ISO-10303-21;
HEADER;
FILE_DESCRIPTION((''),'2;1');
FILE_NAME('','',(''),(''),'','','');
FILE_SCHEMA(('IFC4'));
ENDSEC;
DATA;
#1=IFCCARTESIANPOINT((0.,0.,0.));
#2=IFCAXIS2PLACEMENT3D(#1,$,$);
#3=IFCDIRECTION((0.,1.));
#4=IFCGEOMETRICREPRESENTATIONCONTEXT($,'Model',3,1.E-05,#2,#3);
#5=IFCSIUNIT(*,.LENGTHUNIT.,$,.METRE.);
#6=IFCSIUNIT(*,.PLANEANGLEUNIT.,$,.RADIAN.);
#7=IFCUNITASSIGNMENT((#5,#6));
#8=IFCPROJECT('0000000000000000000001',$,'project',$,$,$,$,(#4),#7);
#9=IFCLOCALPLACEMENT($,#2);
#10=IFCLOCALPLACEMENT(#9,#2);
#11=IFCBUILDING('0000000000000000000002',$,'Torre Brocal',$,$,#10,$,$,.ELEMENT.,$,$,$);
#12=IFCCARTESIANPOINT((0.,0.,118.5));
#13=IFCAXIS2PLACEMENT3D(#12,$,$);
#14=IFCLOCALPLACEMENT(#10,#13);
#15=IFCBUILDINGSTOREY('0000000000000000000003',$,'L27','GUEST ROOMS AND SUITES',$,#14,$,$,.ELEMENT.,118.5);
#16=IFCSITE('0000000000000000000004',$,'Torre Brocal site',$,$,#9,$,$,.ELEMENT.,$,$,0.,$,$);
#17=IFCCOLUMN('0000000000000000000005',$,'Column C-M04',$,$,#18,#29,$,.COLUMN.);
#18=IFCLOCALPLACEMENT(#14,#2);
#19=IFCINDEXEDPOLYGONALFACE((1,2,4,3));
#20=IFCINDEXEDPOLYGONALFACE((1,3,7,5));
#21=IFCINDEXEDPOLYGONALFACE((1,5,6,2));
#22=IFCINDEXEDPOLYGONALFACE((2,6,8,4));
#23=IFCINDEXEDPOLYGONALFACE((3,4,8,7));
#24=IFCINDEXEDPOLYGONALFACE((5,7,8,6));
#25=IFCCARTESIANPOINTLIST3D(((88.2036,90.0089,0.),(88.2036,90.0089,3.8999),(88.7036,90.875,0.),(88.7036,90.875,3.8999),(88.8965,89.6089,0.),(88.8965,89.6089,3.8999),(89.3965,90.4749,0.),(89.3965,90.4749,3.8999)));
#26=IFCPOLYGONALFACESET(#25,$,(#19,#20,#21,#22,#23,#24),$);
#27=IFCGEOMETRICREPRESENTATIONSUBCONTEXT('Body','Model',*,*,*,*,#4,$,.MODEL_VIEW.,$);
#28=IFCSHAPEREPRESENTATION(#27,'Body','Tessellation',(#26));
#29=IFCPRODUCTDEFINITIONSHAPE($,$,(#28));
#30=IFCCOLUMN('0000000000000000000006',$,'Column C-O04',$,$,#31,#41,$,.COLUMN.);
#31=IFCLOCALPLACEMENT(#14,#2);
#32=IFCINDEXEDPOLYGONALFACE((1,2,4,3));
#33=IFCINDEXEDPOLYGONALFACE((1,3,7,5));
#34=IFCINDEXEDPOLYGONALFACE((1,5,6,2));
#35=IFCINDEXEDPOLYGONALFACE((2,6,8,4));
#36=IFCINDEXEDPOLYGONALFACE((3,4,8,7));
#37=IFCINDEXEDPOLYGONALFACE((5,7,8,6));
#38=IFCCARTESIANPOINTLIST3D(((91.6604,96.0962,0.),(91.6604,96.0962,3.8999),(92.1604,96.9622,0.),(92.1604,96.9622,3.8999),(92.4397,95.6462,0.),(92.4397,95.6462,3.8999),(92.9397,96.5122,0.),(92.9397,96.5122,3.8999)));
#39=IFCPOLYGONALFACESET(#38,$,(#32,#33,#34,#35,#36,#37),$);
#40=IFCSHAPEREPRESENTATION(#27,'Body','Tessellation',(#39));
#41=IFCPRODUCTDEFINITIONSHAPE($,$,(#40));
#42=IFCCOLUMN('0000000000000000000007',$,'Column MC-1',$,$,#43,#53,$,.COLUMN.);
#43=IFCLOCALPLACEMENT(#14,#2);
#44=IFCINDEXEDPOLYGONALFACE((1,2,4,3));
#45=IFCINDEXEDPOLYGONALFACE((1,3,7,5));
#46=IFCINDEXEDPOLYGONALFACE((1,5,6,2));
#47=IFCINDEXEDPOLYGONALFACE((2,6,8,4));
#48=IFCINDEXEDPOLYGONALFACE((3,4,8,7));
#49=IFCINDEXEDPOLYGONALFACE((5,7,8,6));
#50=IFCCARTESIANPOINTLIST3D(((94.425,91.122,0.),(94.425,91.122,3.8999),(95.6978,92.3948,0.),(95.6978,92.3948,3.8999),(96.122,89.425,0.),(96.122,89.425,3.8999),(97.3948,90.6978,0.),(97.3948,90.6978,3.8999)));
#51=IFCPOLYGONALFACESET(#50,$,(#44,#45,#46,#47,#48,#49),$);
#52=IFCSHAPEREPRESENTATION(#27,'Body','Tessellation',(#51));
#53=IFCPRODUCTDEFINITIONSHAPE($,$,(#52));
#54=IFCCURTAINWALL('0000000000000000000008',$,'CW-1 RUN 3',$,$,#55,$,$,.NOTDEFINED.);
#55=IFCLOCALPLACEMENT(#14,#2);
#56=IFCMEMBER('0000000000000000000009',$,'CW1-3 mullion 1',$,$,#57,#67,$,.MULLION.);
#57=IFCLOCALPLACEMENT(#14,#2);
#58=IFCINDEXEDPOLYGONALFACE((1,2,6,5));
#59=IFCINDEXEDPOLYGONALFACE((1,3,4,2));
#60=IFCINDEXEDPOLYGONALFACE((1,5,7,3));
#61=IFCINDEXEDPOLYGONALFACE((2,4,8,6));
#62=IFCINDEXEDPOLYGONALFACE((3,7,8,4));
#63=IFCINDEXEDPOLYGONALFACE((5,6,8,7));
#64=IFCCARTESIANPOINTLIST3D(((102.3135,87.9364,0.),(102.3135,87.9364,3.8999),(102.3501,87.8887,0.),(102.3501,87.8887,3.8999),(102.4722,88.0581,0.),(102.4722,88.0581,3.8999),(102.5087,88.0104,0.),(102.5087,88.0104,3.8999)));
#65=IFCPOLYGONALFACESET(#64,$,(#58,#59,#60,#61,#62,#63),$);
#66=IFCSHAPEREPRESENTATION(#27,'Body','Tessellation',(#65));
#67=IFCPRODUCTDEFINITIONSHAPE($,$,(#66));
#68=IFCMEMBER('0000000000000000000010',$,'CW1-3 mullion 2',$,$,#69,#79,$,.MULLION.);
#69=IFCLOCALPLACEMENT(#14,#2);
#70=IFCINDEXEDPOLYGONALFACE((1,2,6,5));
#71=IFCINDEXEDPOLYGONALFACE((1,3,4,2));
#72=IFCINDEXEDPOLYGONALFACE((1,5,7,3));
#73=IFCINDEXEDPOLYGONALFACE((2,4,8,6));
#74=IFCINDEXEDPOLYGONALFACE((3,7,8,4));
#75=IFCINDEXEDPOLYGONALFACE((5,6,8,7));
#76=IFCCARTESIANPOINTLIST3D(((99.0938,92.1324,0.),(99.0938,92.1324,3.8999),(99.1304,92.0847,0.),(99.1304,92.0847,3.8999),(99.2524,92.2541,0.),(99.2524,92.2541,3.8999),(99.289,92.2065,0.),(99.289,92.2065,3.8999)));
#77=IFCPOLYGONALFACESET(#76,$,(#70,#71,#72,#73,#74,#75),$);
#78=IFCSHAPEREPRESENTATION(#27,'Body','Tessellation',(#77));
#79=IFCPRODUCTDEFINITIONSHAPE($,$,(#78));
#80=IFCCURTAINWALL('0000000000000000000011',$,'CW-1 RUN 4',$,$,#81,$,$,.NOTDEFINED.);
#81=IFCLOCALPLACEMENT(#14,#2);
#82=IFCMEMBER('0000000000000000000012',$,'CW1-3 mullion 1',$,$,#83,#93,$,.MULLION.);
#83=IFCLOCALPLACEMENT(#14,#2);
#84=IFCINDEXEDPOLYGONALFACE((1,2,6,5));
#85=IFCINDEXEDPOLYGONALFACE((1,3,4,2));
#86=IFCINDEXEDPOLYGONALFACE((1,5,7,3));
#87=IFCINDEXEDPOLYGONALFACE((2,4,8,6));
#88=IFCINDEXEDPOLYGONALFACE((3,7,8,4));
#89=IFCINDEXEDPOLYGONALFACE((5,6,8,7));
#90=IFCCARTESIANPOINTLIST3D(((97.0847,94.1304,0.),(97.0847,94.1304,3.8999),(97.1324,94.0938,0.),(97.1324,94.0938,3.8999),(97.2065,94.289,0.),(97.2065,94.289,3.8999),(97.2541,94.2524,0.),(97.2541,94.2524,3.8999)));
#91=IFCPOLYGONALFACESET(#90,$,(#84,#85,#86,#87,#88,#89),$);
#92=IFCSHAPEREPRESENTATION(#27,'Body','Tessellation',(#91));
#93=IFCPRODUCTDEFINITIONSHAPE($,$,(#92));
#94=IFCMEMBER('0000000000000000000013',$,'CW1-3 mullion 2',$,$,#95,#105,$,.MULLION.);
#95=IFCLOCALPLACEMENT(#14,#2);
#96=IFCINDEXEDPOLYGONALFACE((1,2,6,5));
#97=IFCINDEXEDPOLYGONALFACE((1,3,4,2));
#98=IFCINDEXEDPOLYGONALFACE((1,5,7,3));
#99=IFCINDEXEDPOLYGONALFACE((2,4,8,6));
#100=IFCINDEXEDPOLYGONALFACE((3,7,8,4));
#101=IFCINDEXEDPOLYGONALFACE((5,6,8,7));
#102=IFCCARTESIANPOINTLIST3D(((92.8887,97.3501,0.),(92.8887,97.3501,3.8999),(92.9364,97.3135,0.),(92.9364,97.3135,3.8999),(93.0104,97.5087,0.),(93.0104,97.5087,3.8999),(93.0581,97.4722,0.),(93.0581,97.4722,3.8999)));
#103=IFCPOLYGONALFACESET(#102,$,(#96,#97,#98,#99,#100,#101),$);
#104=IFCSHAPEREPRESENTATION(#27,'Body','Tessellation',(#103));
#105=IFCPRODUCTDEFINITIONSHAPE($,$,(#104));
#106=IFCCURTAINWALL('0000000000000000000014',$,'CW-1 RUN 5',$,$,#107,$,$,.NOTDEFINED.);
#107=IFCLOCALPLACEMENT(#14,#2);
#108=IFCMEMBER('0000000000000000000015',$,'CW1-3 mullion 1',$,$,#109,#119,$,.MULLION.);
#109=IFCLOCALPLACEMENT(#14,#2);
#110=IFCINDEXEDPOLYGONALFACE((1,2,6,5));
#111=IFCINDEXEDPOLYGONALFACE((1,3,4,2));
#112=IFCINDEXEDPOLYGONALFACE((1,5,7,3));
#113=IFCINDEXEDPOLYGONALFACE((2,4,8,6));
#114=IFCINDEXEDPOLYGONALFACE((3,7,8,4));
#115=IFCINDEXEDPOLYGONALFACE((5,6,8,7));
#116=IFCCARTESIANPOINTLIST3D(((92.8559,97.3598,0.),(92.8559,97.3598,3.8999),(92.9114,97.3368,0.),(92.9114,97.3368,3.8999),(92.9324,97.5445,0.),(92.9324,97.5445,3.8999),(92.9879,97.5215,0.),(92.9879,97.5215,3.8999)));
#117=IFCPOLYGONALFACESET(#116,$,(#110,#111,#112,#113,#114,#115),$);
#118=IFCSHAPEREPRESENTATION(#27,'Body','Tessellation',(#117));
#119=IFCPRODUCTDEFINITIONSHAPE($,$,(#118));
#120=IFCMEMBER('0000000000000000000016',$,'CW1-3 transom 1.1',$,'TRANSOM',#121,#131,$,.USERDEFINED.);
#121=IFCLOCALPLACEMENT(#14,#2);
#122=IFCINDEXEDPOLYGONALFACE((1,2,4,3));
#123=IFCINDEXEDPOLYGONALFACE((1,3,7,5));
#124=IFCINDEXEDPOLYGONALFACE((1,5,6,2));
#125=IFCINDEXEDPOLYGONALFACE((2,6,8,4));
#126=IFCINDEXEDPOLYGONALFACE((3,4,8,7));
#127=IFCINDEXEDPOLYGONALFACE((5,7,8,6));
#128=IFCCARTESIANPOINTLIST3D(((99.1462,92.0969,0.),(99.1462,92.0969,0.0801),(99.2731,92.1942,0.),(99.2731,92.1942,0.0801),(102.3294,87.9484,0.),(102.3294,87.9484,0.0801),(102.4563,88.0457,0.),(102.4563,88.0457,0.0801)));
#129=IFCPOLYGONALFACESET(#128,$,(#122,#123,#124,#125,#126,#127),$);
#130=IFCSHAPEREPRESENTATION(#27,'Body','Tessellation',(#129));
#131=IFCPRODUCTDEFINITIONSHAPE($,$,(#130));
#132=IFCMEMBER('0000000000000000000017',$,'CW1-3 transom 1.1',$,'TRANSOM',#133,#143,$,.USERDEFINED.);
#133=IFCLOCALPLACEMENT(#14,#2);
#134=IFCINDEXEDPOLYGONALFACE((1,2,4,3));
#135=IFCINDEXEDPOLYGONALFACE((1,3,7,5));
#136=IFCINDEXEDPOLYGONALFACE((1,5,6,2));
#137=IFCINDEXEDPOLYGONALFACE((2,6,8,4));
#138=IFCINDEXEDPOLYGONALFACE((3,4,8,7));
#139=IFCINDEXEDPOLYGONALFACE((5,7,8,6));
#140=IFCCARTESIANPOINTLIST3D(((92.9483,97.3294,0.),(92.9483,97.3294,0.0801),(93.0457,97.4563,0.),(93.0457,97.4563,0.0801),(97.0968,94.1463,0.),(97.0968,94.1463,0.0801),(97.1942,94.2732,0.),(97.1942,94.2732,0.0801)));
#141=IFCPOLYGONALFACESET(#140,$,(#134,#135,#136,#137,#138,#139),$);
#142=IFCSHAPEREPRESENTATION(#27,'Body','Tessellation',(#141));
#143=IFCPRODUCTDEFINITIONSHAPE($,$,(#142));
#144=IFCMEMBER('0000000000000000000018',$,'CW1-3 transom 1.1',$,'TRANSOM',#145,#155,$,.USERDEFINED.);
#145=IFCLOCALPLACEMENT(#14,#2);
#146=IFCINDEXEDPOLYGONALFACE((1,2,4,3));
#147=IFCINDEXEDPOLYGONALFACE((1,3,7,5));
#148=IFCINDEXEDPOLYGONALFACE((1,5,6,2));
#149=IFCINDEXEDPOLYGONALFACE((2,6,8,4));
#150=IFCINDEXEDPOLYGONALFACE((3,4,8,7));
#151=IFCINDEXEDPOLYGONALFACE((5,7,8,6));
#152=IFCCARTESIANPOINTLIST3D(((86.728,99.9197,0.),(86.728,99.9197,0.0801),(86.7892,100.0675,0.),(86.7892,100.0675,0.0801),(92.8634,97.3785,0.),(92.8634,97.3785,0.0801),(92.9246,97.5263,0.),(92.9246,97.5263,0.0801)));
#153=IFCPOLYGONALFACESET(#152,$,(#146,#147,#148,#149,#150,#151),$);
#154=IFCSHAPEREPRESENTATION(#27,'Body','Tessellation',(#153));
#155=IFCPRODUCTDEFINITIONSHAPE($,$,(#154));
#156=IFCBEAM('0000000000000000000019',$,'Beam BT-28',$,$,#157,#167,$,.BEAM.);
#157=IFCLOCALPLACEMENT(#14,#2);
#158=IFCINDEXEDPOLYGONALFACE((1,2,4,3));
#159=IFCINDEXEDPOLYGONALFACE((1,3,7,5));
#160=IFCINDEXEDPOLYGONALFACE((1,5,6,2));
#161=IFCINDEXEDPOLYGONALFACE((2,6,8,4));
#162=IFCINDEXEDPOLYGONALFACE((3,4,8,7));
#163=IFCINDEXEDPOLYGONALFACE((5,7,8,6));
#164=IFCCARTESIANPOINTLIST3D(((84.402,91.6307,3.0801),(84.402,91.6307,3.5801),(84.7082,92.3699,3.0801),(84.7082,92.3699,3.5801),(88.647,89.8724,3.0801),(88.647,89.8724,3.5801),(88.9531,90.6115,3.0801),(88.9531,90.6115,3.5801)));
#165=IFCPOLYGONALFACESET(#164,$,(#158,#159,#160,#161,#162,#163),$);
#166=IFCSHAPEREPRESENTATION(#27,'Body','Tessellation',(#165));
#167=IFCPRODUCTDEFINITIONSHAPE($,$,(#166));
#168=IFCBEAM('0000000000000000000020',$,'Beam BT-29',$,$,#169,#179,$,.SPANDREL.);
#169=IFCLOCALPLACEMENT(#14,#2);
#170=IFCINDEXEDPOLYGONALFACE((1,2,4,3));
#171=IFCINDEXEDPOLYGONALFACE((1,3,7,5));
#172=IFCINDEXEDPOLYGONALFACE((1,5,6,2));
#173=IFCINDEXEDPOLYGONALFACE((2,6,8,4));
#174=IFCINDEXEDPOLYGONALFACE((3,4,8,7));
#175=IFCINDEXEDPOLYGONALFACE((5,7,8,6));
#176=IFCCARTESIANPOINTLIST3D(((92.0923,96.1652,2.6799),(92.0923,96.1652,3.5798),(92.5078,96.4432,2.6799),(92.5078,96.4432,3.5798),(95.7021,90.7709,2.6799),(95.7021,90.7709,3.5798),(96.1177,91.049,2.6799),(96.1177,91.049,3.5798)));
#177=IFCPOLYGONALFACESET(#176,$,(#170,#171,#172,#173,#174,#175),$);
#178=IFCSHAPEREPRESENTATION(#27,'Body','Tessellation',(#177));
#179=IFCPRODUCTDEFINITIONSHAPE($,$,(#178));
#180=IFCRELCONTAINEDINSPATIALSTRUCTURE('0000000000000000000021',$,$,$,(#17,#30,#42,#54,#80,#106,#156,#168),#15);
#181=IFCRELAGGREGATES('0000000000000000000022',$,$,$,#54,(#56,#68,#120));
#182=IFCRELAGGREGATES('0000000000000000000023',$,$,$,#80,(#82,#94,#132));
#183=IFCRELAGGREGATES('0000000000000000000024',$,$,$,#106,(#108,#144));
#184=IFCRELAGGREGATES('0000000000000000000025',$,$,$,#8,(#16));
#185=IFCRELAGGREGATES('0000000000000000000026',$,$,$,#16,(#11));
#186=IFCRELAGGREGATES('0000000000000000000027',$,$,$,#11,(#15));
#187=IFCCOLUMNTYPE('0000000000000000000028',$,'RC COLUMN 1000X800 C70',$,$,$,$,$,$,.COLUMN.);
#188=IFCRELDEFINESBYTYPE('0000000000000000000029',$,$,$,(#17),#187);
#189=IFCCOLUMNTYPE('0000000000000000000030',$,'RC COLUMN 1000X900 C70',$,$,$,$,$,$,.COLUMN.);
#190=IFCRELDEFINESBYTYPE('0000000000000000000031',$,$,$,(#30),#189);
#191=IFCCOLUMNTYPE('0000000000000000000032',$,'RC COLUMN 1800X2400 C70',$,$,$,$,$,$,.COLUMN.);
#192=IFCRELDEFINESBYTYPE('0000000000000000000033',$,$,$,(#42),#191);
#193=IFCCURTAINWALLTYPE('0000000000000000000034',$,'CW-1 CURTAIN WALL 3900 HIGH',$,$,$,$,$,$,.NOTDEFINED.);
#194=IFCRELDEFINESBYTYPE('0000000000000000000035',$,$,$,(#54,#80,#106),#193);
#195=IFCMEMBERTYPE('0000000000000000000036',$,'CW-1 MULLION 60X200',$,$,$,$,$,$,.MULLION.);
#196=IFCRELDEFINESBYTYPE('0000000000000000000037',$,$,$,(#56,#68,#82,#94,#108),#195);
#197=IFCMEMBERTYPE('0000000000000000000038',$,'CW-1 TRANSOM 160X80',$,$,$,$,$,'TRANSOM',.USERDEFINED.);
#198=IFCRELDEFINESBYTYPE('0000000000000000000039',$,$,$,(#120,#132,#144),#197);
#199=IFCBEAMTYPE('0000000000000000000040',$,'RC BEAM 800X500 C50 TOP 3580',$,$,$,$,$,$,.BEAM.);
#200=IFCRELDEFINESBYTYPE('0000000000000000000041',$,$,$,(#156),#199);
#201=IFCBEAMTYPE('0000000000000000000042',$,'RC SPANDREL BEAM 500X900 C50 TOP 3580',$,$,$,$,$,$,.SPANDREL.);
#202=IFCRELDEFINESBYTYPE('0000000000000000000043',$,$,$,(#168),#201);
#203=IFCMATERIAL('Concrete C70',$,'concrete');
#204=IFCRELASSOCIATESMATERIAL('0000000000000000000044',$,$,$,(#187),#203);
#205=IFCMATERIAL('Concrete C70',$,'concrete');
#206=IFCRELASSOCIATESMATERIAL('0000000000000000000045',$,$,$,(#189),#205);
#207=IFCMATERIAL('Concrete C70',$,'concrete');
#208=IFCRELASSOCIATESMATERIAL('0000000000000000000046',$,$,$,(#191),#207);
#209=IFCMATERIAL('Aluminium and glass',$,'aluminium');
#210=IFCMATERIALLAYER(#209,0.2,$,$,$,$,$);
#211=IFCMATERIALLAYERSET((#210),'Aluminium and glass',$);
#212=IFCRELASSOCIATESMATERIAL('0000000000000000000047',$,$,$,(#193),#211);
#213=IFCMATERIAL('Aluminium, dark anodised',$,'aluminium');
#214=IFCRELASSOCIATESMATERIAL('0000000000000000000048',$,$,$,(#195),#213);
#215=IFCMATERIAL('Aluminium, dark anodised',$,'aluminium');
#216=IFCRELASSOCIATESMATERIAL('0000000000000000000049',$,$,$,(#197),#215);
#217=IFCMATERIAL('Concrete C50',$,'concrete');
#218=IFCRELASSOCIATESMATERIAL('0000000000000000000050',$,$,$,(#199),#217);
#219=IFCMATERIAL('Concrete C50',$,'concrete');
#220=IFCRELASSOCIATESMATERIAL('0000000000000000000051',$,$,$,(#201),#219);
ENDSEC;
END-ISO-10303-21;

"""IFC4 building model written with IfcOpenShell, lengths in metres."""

from ifc_helpers import new_model, si_unit, direction, frame, origin, origin_2d, place, context, subcontext, project, spatial, rectangle, extrude, material, layer, layer_set, material_profile, profile_set, type_object, element, aggregate, save


model = new_model("IFC4")

# Units and contexts
model_context = context("Model", 3, precision=1e-05, world=origin(), true_north=direction((0.0, 1.0)))
body_context = subcontext(model_context, "Body", "Model", "MODEL_VIEW")
ifc_project = project(units=[si_unit("LENGTHUNIT", "METRE"), si_unit("PLANEANGLEUNIT", "RADIAN")], contexts=[model_context])

# Site, building, storey
site_placement = place(None, origin())
site = spatial("IfcSite", under=ifc_project, at=site_placement, Name="Torre Brocal site", CompositionType="ELEMENT", RefElevation=0.0)
building_placement = place(site_placement, origin())
building = spatial("IfcBuilding", under=site, at=building_placement, Name="Torre Brocal", CompositionType="ELEMENT")
storey_placement = place(building_placement, frame((0.0, 0.0, 118.5)))
storey = spatial("IfcBuildingStorey", under=building, at=storey_placement, Name="L27", Description="GUEST ROOMS AND SUITES", CompositionType="ELEMENT", Elevation=118.5)

# Columns
ifc_material_1 = material(Name="Concrete C70", Category="concrete")
ifc_material_profile_1 = material_profile(ifc_material_1, rectangle(XDim=1.0, YDim=0.8, at=origin_2d()), Name="RC 1000X800")
ifc_profile_set_1 = profile_set([ifc_material_profile_1], Name="Concrete C70")
column_type_1 = type_object("IfcColumnType", Name="RC COLUMN 1000X800 C70", PredefinedType="COLUMN", material=ifc_profile_set_1)
column_1_placement = place(storey_placement, frame((88.8, 90.2419, 0.0), z_axis=(0.0, 0.0, 1.0), x_axis=(0.5, 0.866025, 0.0)))
element("IfcColumn", 1, at=column_1_placement, inside=storey, type_object=column_type_1, Name="Column C-M04", PredefinedType="COLUMN", context=body_context, shape_type="SweptSolid", body=[
    extrude(rectangle(XDim=1.0, YDim=0.8, at=origin_2d()), origin(), (0.0, 0.0, 1.0), 3.8999),
])
ifc_material_2 = material(Name="Concrete C70", Category="concrete")
ifc_material_profile_2 = material_profile(ifc_material_2, rectangle(XDim=1.0, YDim=0.8999, at=origin_2d()), Name="RC 1000X900")
ifc_profile_set_2 = profile_set([ifc_material_profile_2], Name="Concrete C70")
column_type_2 = type_object("IfcColumnType", Name="RC COLUMN 1000X900 C70", PredefinedType="COLUMN", material=ifc_profile_set_2)
column_2_placement = place(storey_placement, frame((92.3, 96.3042, 0.0), z_axis=(0.0, 0.0, 1.0), x_axis=(0.5, 0.866025, 0.0)))
element("IfcColumn", 2, at=column_2_placement, inside=storey, type_object=column_type_2, Name="Column C-O04", PredefinedType="COLUMN", context=body_context, shape_type="SweptSolid", body=[
    extrude(rectangle(XDim=1.0, YDim=0.8999, at=origin_2d()), origin(), (0.0, 0.0, 1.0), 3.8999),
])
ifc_material_3 = material(Name="Concrete C70", Category="concrete")
ifc_material_profile_3 = material_profile(ifc_material_3, rectangle(XDim=1.8, YDim=2.3999, at=origin_2d()), Name="RC 1800X2400")
ifc_profile_set_3 = profile_set([ifc_material_profile_3], Name="Concrete C70")
column_type_3 = type_object("IfcColumnType", Name="RC COLUMN 1800X2400 C70", PredefinedType="COLUMN", material=ifc_profile_set_3)
column_3_placement = place(storey_placement, frame((95.9099, 90.9099, 0.0), z_axis=(0.0, 0.0, 1.0), x_axis=(0.707107, 0.707107, 0.0)))
element("IfcColumn", 3, at=column_3_placement, inside=storey, type_object=column_type_3, Name="Column MC-1", PredefinedType="COLUMN", context=body_context, shape_type="SweptSolid", body=[
    extrude(rectangle(XDim=1.8, YDim=2.3999, at=origin_2d()), origin(), (0.0, 0.0, 1.0), 3.8999),
])

# Curtain walls, members
ifc_material_4 = material(Name="Aluminium and glass", Category="aluminium")
ifc_layer_1 = layer(ifc_material_4, 0.2)
ifc_layer_set_1 = layer_set([ifc_layer_1], Name="Aluminium and glass")
curtain_wall_type = type_object("IfcCurtainWallType", Name="CW-1 CURTAIN WALL 3900 HIGH", PredefinedType="NOTDEFINED", material=ifc_layer_set_1)
curtain_wall_1_placement = place(storey_placement, origin())
curtain_wall_1 = element("IfcCurtainWall", 4, at=curtain_wall_1_placement, inside=storey, type_object=curtain_wall_type, Name="CW-1 RUN 3", PredefinedType="NOTDEFINED")
ifc_material_5 = material(Name="Aluminium, dark anodised", Category="aluminium")
ifc_material_profile_4 = material_profile(ifc_material_5, rectangle(XDim=0.2, YDim=0.0601, at=origin_2d()), Name="CW-1 MULLION 60X200")
ifc_profile_set_4 = profile_set([ifc_material_profile_4], Name="Aluminium, dark anodised")
member_type_1 = type_object("IfcMemberType", Name="CW-1 MULLION 60X200", PredefinedType="MULLION", material=ifc_profile_set_4)
member_1_placement = place(storey_placement, frame((102.4111, 87.9734, 0.0), z_axis=(0.0, 0.0, 1.0), x_axis=(-0.793353, -0.608761, 0.0)))
member_1 = element("IfcMember", 5, at=member_1_placement, type_object=member_type_1, Name="CW1-3 mullion 1", PredefinedType="MULLION", context=body_context, shape_type="SweptSolid", body=[
    extrude(rectangle(XDim=0.2, YDim=0.0601, at=origin_2d()), origin(), (0.0, 0.0, 1.0), 3.8999),
])
member_2_placement = place(storey_placement, frame((99.1914, 92.1694, 0.0), z_axis=(0.0, 0.0, 1.0), x_axis=(-0.793353, -0.608761, 0.0)))
member_2 = element("IfcMember", 6, at=member_2_placement, type_object=member_type_1, Name="CW1-3 mullion 2", PredefinedType="MULLION", context=body_context, shape_type="SweptSolid", body=[
    extrude(rectangle(XDim=0.2, YDim=0.0601, at=origin_2d()), origin(), (0.0, 0.0, 1.0), 3.8999),
])
curtain_wall_2_placement = place(storey_placement, origin())
curtain_wall_2 = element("IfcCurtainWall", 7, at=curtain_wall_2_placement, inside=storey, type_object=curtain_wall_type, Name="CW-1 RUN 4", PredefinedType="NOTDEFINED")
member_3_placement = place(storey_placement, frame((97.1694, 94.1914, 0.0), z_axis=(0.0, 0.0, 1.0), x_axis=(-0.608761, -0.793353, 0.0)))
member_3 = element("IfcMember", 8, at=member_3_placement, type_object=member_type_1, Name="CW1-3 mullion 1", PredefinedType="MULLION", context=body_context, shape_type="SweptSolid", body=[
    extrude(rectangle(XDim=0.2, YDim=0.0601, at=origin_2d()), origin(), (0.0, 0.0, 1.0), 3.8999),
])
member_4_placement = place(storey_placement, frame((92.9734, 97.4111, 0.0), z_axis=(0.0, 0.0, 1.0), x_axis=(-0.608761, -0.793353, 0.0)))
member_4 = element("IfcMember", 9, at=member_4_placement, type_object=member_type_1, Name="CW1-3 mullion 2", PredefinedType="MULLION", context=body_context, shape_type="SweptSolid", body=[
    extrude(rectangle(XDim=0.2, YDim=0.0601, at=origin_2d()), origin(), (0.0, 0.0, 1.0), 3.8999),
])

# Curtain wall, member
curtain_wall_3_placement = place(storey_placement, origin())
curtain_wall_3 = element("IfcCurtainWall", 10, at=curtain_wall_3_placement, inside=storey, type_object=curtain_wall_type, Name="CW-1 RUN 5", PredefinedType="NOTDEFINED")
member_5_placement = place(storey_placement, frame((92.9219, 97.4407, 0.0), z_axis=(0.0, 0.0, 1.0), x_axis=(-0.382683, -0.92388, 0.0)))
member_5 = element("IfcMember", 11, at=member_5_placement, type_object=member_type_1, Name="CW1-3 mullion 1", PredefinedType="MULLION", context=body_context, shape_type="SweptSolid", body=[
    extrude(rectangle(XDim=0.2, YDim=0.0601, at=origin_2d()), origin(), (0.0, 0.0, 1.0), 3.8999),
])

# Members
ifc_material_6 = material(Name="Aluminium, dark anodised", Category="aluminium")
ifc_material_profile_5 = material_profile(ifc_material_6, rectangle(XDim=0.1599, YDim=0.0801, at=origin_2d()), Name="CW-1 TRANSOM 160X80")
ifc_profile_set_5 = profile_set([ifc_material_profile_5], Name="Aluminium, dark anodised")
member_type_2 = type_object("IfcMemberType", Name="CW-1 TRANSOM 160X80", ElementType="TRANSOM", PredefinedType="USERDEFINED", material=ifc_profile_set_5)
member_6_placement = place(storey_placement, frame((102.3928, 87.9971, 0.04), z_axis=(-0.608749, 0.793363, 0.0), x_axis=(-0.793363, -0.608749, 0.0)))
member_6 = element("IfcMember", 12, at=member_6_placement, type_object=member_type_2, Name="CW1-3 transom 1.1", ObjectType="TRANSOM", PredefinedType="USERDEFINED", context=body_context, shape_type="SweptSolid", body=[
    extrude(rectangle(XDim=0.1599, YDim=0.0801, at=origin_2d()), origin(), (0.0, 0.0, 1.0), 5.229),
])
member_7_placement = place(storey_placement, frame((97.1455, 94.2097, 0.04), z_axis=(-0.793363, 0.608749, 0.0), x_axis=(-0.608749, -0.793363, 0.0)))
member_7 = element("IfcMember", 13, at=member_7_placement, type_object=member_type_2, Name="CW1-3 transom 1.1", ObjectType="TRANSOM", PredefinedType="USERDEFINED", context=body_context, shape_type="SweptSolid", body=[
    extrude(rectangle(XDim=0.1599, YDim=0.0801, at=origin_2d()), origin(), (0.0, 0.0, 1.0), 5.229),
])
member_8_placement = place(storey_placement, frame((92.894, 97.4524, 0.04), z_axis=(-0.923887, 0.382665, 0.0), x_axis=(-0.382665, -0.923887, 0.0)))
member_8 = element("IfcMember", 14, at=member_8_placement, type_object=member_type_2, Name="CW1-3 transom 1.1", ObjectType="TRANSOM", PredefinedType="USERDEFINED", context=body_context, shape_type="SweptSolid", body=[
    extrude(rectangle(XDim=0.1599, YDim=0.0801, at=origin_2d()), origin(), (0.0, 0.0, 1.0), 6.6409),
])

# Beams
ifc_material_7 = material(Name="Concrete C50", Category="concrete")
ifc_material_profile_6 = material_profile(ifc_material_7, rectangle(XDim=0.8, YDim=0.5, at=origin_2d()), Name="RC 800X500")
ifc_profile_set_6 = profile_set([ifc_material_profile_6], Name="Concrete C50")
beam_type_1 = type_object("IfcBeamType", Name="RC BEAM 800X500 C50 TOP 3580", PredefinedType="BEAM", material=ifc_profile_set_6)
beam_1_placement = place(storey_placement, frame((88.8, 90.2419, 3.3301), z_axis=(-0.923878, 0.382687, 0.0), x_axis=(-0.382687, -0.923878, 0.0)))
element("IfcBeam", 15, at=beam_1_placement, inside=storey, type_object=beam_type_1, Name="Beam BT-28", PredefinedType="BEAM", context=body_context, shape_type="SweptSolid", body=[
    extrude(rectangle(XDim=0.8, YDim=0.5, at=origin_2d()), origin(), (0.0, 0.0, 1.0), 4.5947),
])
ifc_material_8 = material(Name="Concrete C50", Category="concrete")
ifc_material_profile_7 = material_profile(ifc_material_8, rectangle(XDim=0.5, YDim=0.8999, at=origin_2d()), Name="RC 500X900")
ifc_profile_set_7 = profile_set([ifc_material_profile_7], Name="Concrete C50")
beam_type_2 = type_object("IfcBeamType", Name="RC SPANDREL BEAM 500X900 C50 TOP 3580", PredefinedType="SPANDREL", material=ifc_profile_set_7)
beam_2_placement = place(storey_placement, frame((95.9099, 90.9099, 3.1299), z_axis=(-0.556158, 0.831077, 0.0), x_axis=(-0.831077, -0.556158, 0.0)))
element("IfcBeam", 16, at=beam_2_placement, inside=storey, type_object=beam_type_2, Name="Beam BT-29", PredefinedType="SPANDREL", context=body_context, shape_type="SweptSolid", body=[
    extrude(rectangle(XDim=0.5, YDim=0.8999, at=origin_2d()), origin(), (0.0, 0.0, 1.0), 6.4907),
])

aggregate(curtain_wall_1, [member_1, member_2, member_6])
aggregate(curtain_wall_2, [member_3, member_4, member_7])
aggregate(curtain_wall_3, [member_5, member_8])

save(model, "model.ifc")
